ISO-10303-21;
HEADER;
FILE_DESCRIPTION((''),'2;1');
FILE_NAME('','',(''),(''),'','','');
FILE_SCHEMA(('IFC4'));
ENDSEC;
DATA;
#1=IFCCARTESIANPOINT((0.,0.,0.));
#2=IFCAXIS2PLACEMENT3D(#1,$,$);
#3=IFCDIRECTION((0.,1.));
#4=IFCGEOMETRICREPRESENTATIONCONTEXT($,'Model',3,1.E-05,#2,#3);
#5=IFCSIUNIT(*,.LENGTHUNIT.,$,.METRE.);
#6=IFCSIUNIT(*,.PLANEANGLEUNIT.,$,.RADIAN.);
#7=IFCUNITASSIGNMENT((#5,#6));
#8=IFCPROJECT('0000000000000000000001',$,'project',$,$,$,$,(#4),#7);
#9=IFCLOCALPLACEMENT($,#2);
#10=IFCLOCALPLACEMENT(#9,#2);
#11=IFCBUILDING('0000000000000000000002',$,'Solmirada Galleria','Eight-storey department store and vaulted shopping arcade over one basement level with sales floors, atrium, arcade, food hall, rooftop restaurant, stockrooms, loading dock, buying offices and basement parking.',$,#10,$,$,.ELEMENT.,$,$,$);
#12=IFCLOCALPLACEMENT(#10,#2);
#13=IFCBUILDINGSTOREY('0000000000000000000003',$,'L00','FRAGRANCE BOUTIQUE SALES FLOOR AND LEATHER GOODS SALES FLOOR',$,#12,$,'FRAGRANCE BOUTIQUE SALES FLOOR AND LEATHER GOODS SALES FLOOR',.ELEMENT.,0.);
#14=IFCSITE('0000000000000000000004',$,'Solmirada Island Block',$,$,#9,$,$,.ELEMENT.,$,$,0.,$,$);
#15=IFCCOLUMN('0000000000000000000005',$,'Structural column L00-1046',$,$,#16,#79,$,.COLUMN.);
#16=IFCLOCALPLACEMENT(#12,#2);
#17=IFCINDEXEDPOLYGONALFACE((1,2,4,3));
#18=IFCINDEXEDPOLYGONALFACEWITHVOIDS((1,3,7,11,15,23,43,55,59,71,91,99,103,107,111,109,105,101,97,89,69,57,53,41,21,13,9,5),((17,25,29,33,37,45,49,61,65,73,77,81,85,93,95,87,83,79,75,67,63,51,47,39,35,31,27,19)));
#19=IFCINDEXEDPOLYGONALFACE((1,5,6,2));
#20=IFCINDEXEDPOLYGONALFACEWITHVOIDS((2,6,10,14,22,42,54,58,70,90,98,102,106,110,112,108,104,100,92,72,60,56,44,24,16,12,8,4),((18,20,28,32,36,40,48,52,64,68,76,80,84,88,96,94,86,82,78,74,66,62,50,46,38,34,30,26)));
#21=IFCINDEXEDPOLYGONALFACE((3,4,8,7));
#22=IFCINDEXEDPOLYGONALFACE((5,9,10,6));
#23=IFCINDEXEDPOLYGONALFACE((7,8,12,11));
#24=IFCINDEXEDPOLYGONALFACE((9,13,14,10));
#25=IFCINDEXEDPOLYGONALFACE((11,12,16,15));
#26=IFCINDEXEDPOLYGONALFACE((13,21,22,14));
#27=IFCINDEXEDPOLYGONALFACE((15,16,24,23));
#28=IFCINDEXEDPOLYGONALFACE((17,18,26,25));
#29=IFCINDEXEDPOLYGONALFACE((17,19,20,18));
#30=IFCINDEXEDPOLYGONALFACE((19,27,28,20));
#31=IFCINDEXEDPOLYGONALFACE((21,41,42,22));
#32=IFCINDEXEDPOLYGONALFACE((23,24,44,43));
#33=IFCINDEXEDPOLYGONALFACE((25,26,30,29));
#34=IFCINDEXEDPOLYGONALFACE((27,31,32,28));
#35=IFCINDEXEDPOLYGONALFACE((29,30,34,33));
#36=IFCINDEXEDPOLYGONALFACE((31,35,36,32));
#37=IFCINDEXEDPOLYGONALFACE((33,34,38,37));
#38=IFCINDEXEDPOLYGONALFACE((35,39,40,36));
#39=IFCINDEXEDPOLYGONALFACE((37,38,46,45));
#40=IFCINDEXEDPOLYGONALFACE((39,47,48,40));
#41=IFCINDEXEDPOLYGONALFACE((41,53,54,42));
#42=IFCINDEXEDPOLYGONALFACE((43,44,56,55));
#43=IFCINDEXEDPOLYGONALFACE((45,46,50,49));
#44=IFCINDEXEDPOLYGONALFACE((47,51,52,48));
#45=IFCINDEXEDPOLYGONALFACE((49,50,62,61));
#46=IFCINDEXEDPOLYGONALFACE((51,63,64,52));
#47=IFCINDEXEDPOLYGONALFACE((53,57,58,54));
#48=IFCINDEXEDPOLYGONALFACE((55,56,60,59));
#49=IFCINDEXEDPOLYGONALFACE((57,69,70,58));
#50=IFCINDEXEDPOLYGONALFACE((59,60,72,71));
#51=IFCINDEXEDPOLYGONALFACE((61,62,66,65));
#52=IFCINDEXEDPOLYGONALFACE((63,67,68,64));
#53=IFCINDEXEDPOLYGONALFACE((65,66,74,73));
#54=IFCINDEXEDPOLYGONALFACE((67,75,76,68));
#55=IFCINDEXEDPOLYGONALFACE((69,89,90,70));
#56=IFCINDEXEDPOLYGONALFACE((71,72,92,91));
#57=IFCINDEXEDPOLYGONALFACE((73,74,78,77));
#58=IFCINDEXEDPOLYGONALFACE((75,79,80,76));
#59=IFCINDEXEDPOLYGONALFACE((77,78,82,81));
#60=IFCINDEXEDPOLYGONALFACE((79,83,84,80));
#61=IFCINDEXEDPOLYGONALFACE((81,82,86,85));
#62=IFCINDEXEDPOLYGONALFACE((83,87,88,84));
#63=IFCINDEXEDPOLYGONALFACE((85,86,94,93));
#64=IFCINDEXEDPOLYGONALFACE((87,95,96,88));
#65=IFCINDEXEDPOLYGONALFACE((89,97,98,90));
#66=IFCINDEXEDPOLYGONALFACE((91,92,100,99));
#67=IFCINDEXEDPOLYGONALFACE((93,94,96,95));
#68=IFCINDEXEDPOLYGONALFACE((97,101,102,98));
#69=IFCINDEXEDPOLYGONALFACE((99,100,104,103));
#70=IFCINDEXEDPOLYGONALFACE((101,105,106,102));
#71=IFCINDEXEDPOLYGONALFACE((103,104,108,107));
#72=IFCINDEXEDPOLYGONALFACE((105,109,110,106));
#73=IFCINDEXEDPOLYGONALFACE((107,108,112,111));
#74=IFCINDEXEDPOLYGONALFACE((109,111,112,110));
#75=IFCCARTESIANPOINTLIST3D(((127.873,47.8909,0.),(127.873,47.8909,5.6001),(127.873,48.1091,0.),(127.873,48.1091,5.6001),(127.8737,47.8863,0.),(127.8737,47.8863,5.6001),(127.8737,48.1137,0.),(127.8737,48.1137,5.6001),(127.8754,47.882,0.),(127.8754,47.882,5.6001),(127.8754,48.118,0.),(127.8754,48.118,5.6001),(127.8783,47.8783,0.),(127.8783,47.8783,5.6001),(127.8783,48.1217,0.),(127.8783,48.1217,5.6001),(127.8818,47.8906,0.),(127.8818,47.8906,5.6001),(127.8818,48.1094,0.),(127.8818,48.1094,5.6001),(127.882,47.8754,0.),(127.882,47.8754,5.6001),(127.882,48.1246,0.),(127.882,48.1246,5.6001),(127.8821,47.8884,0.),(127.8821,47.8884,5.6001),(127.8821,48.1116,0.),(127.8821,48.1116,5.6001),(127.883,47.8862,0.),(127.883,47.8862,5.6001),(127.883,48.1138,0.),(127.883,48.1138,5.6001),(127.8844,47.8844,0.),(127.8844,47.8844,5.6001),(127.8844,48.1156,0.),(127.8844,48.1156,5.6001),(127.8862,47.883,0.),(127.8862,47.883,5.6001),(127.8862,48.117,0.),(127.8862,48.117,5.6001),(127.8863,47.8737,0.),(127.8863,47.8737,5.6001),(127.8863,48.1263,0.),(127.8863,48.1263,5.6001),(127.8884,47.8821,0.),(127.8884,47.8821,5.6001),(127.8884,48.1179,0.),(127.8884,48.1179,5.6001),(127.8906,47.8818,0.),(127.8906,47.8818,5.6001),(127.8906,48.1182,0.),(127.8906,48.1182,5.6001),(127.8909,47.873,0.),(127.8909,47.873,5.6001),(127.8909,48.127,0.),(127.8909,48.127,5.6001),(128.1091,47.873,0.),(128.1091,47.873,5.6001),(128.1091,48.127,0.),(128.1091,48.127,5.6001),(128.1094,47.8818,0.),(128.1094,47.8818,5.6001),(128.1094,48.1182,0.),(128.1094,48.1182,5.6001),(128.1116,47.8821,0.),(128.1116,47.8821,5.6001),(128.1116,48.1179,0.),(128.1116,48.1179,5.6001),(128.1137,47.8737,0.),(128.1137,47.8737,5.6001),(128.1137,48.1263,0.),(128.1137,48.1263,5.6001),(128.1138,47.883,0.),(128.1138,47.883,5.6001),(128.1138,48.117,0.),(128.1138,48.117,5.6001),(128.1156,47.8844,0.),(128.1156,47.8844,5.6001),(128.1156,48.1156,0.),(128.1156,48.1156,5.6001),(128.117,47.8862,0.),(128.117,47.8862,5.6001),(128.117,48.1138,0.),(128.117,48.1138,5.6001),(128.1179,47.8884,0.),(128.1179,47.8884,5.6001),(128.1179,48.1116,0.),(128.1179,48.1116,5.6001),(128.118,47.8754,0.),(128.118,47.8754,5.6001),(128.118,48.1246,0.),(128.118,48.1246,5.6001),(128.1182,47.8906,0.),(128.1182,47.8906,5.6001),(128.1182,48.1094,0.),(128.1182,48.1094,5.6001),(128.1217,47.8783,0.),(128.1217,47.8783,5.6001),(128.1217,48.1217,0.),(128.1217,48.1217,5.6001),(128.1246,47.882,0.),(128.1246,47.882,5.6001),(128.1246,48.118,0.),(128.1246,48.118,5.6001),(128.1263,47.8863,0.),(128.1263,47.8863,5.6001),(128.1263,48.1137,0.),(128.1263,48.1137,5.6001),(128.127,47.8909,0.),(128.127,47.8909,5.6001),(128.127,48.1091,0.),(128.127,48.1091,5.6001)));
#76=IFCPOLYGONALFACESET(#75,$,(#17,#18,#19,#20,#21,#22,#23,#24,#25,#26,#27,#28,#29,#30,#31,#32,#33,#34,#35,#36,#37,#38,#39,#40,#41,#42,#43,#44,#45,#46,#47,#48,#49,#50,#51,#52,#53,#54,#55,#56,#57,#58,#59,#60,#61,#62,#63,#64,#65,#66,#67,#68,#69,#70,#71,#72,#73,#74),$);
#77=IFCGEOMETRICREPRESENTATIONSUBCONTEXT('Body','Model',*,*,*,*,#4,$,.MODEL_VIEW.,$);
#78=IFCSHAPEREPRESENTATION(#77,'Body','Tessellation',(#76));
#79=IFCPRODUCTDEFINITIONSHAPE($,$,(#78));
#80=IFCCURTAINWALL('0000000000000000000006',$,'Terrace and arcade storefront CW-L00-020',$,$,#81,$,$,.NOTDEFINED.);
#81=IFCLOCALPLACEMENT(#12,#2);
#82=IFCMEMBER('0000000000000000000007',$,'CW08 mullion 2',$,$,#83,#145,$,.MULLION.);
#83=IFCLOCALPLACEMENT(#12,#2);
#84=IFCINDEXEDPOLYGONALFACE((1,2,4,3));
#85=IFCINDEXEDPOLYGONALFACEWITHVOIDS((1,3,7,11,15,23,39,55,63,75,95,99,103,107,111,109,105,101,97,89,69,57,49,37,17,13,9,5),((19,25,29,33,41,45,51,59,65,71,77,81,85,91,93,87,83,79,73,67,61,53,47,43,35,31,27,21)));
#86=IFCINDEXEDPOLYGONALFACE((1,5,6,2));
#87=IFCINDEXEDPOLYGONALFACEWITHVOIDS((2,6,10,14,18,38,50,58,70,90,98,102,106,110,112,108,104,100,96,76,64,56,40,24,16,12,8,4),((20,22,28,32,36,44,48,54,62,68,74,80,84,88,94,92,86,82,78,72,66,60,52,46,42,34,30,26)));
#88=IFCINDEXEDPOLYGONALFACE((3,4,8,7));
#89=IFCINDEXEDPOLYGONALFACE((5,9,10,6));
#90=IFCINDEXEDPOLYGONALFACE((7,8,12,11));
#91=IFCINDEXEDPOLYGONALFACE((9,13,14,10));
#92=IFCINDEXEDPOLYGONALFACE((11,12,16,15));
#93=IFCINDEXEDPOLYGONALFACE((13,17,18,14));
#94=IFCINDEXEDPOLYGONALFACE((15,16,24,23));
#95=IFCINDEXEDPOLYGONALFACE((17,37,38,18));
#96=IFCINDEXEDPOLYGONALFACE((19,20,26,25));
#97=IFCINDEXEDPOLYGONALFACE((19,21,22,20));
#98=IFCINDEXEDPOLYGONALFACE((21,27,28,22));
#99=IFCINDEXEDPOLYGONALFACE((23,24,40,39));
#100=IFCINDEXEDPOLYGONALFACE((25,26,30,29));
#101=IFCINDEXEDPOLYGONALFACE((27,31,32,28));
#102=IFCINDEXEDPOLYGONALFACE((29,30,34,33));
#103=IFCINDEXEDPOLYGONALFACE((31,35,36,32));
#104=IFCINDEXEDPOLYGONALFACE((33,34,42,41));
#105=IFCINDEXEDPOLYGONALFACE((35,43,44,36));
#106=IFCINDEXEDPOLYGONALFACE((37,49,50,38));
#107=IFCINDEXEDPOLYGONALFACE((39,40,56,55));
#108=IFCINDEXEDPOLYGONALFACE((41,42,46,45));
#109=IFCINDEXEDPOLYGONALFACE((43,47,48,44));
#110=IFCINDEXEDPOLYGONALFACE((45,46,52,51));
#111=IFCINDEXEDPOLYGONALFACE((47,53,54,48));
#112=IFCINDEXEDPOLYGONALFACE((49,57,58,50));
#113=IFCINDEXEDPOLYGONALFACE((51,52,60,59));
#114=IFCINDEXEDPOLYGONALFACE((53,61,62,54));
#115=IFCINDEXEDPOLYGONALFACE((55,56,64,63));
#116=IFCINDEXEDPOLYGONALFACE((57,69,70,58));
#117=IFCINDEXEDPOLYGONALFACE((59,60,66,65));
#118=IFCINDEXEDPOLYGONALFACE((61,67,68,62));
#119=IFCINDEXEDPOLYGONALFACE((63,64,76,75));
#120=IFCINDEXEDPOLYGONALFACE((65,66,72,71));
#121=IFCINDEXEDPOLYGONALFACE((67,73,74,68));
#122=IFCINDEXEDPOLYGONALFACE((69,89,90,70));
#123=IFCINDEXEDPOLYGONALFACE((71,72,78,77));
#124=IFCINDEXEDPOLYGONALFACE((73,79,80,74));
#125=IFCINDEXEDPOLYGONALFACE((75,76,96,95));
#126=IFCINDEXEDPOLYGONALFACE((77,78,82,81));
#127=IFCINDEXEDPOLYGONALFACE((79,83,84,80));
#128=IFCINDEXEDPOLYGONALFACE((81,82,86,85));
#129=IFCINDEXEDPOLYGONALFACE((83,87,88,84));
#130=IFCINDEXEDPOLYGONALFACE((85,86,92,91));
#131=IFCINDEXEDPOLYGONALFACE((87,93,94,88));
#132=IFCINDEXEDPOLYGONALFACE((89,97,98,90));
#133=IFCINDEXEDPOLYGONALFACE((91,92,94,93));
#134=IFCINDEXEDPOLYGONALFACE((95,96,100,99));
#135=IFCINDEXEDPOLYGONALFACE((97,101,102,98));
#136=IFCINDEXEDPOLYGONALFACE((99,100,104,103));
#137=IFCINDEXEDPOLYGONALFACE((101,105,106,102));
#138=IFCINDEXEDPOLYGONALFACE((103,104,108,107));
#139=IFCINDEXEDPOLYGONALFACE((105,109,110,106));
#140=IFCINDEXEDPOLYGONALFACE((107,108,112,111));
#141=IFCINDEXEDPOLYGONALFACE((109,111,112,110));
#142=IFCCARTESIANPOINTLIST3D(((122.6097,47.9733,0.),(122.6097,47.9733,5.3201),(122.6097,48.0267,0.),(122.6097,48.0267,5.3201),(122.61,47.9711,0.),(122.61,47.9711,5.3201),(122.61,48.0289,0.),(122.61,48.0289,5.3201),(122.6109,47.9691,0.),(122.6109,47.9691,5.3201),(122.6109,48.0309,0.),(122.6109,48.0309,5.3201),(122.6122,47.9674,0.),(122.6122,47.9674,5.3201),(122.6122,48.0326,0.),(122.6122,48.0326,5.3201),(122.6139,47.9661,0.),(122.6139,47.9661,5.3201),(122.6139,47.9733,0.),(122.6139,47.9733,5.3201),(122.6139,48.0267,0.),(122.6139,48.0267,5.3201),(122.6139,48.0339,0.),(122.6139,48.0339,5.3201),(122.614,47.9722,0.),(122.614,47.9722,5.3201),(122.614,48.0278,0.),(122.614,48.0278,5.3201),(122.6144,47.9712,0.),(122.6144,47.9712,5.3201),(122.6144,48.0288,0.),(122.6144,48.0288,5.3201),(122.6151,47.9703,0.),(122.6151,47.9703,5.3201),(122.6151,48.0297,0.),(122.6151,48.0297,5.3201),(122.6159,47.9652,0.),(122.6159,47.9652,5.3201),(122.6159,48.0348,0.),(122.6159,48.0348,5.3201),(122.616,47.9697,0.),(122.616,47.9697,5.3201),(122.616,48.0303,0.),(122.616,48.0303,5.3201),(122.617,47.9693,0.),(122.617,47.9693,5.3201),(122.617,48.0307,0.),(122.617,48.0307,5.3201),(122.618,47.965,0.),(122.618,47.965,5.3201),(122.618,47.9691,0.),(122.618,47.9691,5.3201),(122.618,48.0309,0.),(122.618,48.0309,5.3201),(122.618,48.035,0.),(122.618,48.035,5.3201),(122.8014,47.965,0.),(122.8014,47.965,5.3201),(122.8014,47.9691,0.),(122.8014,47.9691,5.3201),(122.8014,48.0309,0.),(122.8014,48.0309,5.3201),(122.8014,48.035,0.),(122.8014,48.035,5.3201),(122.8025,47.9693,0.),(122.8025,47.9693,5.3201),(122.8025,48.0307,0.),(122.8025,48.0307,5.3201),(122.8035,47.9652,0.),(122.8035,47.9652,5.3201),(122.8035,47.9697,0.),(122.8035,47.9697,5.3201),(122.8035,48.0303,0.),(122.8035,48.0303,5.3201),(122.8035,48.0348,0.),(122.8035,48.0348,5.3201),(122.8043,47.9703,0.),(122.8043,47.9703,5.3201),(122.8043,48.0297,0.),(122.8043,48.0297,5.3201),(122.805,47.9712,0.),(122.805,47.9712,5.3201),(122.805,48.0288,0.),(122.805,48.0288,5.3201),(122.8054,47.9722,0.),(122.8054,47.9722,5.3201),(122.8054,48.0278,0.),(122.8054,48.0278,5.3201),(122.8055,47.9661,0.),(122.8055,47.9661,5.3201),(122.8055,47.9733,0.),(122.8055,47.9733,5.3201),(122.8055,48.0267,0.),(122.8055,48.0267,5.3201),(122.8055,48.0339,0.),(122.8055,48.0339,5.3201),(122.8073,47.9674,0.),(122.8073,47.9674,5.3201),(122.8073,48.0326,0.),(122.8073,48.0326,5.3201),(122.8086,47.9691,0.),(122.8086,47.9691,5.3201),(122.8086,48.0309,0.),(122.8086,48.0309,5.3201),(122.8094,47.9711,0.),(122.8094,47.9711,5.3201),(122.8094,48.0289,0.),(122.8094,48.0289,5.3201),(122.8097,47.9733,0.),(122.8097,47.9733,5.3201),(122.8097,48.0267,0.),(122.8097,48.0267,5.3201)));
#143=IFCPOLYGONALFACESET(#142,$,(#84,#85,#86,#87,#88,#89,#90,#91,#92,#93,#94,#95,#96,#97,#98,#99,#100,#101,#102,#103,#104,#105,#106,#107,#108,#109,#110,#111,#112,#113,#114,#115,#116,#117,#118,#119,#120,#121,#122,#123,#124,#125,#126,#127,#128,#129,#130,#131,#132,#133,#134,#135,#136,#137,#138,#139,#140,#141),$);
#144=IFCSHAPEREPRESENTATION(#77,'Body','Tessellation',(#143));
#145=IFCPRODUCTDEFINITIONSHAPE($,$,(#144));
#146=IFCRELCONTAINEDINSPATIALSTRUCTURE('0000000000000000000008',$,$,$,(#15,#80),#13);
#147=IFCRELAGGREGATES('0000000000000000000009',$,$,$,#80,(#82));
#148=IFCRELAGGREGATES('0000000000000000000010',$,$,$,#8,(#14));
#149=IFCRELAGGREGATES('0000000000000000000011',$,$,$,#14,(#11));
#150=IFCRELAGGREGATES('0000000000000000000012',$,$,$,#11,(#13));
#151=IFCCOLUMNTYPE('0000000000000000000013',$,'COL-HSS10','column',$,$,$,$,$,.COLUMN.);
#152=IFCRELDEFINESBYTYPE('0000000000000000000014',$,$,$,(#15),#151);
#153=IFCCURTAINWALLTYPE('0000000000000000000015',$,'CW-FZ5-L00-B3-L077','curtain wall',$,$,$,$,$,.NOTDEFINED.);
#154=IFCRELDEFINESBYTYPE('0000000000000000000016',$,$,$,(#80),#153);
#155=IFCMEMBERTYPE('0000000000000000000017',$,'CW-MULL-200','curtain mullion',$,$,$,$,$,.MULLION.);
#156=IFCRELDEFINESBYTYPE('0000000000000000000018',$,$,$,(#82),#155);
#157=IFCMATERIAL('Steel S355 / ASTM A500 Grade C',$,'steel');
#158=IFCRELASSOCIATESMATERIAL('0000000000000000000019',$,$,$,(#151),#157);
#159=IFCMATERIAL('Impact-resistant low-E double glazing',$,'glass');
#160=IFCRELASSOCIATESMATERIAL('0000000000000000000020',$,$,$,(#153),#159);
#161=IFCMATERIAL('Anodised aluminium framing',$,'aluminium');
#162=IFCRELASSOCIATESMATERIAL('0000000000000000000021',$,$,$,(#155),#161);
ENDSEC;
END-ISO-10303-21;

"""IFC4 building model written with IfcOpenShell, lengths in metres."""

from ifc_helpers import new_model, si_unit, direction, frame, origin, origin_2d, place, context, subcontext, project, spatial, hollow_rectangle, extrude, material, material_profile, profile_set, type_object, element, aggregate, save


model = new_model("IFC4")

# Units and contexts
model_context = context("Model", 3, precision=1e-05, world=origin(), true_north=direction((0.0, 1.0)))
body_context = subcontext(model_context, "Body", "Model", "MODEL_VIEW")
ifc_project = project(units=[si_unit("LENGTHUNIT", "METRE"), si_unit("PLANEANGLEUNIT", "RADIAN")], contexts=[model_context])

# Site, building, storey
site_placement = place(None, origin())
site = spatial("IfcSite", under=ifc_project, at=site_placement, Name="Solmirada Island Block", CompositionType="ELEMENT", RefElevation=0.0)
building_placement = place(site_placement, origin())
building = spatial("IfcBuilding", under=site, at=building_placement, Name="Solmirada Galleria", Description="Eight-storey department store and vaulted shopping arcade over one basement level with sales floors, atrium, arcade, food hall, rooftop restaurant, stockrooms, loading dock, buying offices and basement parking.", CompositionType="ELEMENT")
storey_placement = place(building_placement, origin())
storey = spatial("IfcBuildingStorey", under=building, at=storey_placement, Name="L00", Description="FRAGRANCE BOUTIQUE SALES FLOOR AND LEATHER GOODS SALES FLOOR", LongName="FRAGRANCE BOUTIQUE SALES FLOOR AND LEATHER GOODS SALES FLOOR", CompositionType="ELEMENT", Elevation=0.0)

# Column
ifc_material_1 = material(Name="Steel S355 / ASTM A500 Grade C", Category="steel")
ifc_material_profile_1 = material_profile(ifc_material_1, hollow_rectangle(XDim=0.2539, YDim=0.2539, WallThickness=0.0088, InnerFilletRadius=0.0088, OuterFilletRadius=0.0178, at=origin_2d()), Name="HSS10X10X3/8")
ifc_profile_set_1 = profile_set([ifc_material_profile_1], Name="Steel S355 / ASTM A500 Grade C")
column_type = type_object("IfcColumnType", Name="COL-HSS10", Description="column", PredefinedType="COLUMN", material=ifc_profile_set_1)
column_placement = place(storey_placement, frame((128.0, 48.0, 0.0), z_axis=(0.0, 0.0, 1.0), x_axis=(1.0, 0.0, 0.0)))
element("IfcColumn", 1, at=column_placement, inside=storey, type_object=column_type, Name="Structural column L00-1046", PredefinedType="COLUMN", context=body_context, shape_type="SweptSolid", body=[
    extrude(hollow_rectangle(XDim=0.2539, YDim=0.2539, WallThickness=0.0088, InnerFilletRadius=0.0088, OuterFilletRadius=0.0178, at=origin_2d()), origin(), (0.0, 0.0, 1.0), 5.6001),
])

# Curtain wall, member
ifc_material_2 = material(Name="Impact-resistant low-E double glazing", Category="glass")
curtain_wall_type = type_object("IfcCurtainWallType", Name="CW-FZ5-L00-B3-L077", Description="curtain wall", PredefinedType="NOTDEFINED", material=ifc_material_2)
curtain_wall_1_placement = place(storey_placement, origin())
curtain_wall_1 = element("IfcCurtainWall", 2, at=curtain_wall_1_placement, inside=storey, type_object=curtain_wall_type, Name="Terrace and arcade storefront CW-L00-020", PredefinedType="NOTDEFINED")
ifc_material_3 = material(Name="Anodised aluminium framing", Category="aluminium")
ifc_material_profile_2 = material_profile(ifc_material_3, hollow_rectangle(XDim=0.0701, YDim=0.2, WallThickness=0.0042, InnerFilletRadius=0.0042, OuterFilletRadius=0.0083, at=origin_2d()), Name="ALU-MULL-200X70")
ifc_profile_set_2 = profile_set([ifc_material_profile_2], Name="Anodised aluminium framing")
member_type_1 = type_object("IfcMemberType", Name="CW-MULL-200", Description="curtain mullion", PredefinedType="MULLION", material=ifc_profile_set_2)
member_1_placement = place(storey_placement, frame((122.7097, 48.0, 0.0), z_axis=(0.0, 0.0, 1.0), x_axis=(0.0, 1.0, 0.0)))
member_1 = element("IfcMember", 3, at=member_1_placement, type_object=member_type_1, Name="CW08 mullion 2", PredefinedType="MULLION", context=body_context, shape_type="SweptSolid", body=[
    extrude(hollow_rectangle(XDim=0.0701, YDim=0.2, WallThickness=0.0042, InnerFilletRadius=0.0042, OuterFilletRadius=0.0083, at=origin_2d()), origin(), (0.0, 0.0, 1.0), 5.3201),
])

aggregate(curtain_wall_1, [member_1])

save(model, "model.ifc")
